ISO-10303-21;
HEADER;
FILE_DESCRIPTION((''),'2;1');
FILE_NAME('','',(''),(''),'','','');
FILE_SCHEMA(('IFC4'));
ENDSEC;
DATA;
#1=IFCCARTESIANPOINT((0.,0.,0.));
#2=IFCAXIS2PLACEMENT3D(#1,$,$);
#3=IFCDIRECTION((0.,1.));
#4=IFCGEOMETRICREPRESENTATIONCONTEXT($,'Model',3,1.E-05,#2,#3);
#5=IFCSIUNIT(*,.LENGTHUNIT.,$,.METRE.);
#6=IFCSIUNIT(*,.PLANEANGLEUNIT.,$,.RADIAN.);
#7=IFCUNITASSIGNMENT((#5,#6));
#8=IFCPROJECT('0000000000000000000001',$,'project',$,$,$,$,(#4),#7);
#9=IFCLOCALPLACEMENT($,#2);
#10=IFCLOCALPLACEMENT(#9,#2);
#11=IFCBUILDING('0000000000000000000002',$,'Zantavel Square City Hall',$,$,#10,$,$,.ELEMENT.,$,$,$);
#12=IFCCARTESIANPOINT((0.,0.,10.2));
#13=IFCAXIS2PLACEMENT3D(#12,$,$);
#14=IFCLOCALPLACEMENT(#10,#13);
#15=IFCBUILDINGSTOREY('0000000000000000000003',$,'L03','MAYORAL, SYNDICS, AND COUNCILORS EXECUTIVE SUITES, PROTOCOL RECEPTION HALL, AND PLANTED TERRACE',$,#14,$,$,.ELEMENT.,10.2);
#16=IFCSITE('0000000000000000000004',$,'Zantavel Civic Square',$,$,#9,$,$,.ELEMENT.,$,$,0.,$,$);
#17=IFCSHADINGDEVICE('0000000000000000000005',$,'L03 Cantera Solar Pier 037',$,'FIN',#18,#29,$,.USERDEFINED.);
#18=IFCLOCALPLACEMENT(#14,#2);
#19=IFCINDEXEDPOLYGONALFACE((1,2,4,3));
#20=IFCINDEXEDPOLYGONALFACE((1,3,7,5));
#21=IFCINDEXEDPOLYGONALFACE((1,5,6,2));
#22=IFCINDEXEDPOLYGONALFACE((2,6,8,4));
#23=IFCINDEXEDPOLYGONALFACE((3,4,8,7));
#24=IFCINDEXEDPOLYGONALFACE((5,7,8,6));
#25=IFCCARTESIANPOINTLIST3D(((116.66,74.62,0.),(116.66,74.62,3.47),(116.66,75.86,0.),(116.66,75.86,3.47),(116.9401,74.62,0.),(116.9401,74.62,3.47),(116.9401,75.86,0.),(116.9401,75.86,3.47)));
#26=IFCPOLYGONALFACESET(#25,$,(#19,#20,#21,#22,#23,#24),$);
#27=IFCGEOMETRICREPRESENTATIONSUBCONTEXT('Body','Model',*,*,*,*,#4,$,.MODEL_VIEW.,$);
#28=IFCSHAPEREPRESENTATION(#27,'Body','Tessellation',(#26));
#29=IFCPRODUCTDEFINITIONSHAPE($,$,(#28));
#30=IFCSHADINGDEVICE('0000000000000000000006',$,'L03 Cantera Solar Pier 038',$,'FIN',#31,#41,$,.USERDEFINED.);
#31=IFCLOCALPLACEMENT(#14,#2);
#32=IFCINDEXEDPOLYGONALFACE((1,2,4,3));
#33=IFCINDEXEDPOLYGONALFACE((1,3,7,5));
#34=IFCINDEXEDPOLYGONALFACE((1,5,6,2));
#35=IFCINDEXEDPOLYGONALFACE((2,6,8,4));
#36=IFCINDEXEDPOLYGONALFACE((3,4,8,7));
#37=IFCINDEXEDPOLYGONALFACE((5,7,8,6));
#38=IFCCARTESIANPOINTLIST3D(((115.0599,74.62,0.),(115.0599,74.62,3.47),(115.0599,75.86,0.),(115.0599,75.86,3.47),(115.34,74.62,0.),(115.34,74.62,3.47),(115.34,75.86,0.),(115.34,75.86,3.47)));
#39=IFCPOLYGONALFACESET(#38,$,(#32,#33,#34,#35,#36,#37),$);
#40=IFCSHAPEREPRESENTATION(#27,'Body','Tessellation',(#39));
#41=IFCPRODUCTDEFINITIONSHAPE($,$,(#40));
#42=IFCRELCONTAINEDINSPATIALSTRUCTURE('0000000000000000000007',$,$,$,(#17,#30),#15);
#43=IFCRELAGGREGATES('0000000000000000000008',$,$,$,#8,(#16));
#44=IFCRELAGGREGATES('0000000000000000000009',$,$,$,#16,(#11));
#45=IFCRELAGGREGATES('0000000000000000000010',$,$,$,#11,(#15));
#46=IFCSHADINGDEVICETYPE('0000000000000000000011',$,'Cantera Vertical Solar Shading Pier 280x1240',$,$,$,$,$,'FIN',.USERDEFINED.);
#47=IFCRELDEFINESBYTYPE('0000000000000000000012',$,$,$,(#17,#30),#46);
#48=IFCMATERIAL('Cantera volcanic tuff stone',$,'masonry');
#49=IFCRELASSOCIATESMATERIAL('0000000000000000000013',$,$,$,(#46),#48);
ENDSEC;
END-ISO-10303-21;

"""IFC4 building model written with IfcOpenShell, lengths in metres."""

from ifc_helpers import new_model, si_unit, direction, frame, origin, origin_2d, place, context, subcontext, project, spatial, rectangle, extrude, material, type_object, element, save


model = new_model("IFC4")

# Units and contexts
model_context = context("Model", 3, precision=1e-05, world=origin(), true_north=direction((0.0, 1.0)))
body_context = subcontext(model_context, "Body", "Model", "MODEL_VIEW")
ifc_project = project(units=[si_unit("LENGTHUNIT", "METRE"), si_unit("PLANEANGLEUNIT", "RADIAN")], contexts=[model_context])

# Site, building, storey
site_placement = place(None, origin())
site = spatial("IfcSite", under=ifc_project, at=site_placement, Name="Zantavel Civic Square", CompositionType="ELEMENT", RefElevation=0.0)
building_placement = place(site_placement, origin())
building = spatial("IfcBuilding", under=site, at=building_placement, Name="Zantavel Square City Hall", CompositionType="ELEMENT")
storey_placement = place(building_placement, frame((0.0, 0.0, 10.2)))
storey = spatial("IfcBuildingStorey", under=building, at=storey_placement, Name="L03", Description="MAYORAL, SYNDICS, AND COUNCILORS EXECUTIVE SUITES, PROTOCOL RECEPTION HALL, AND PLANTED TERRACE", CompositionType="ELEMENT", Elevation=10.2)

# Shading devices
ifc_material_1 = material(Name="Cantera volcanic tuff stone", Category="masonry")
shading_device_type = type_object("IfcShadingDeviceType", Name="Cantera Vertical Solar Shading Pier 280x1240", ElementType="FIN", PredefinedType="USERDEFINED", material=ifc_material_1)
for number, where, z_axis, x_axis, name in (
    (1, (116.8, 75.24, 0.0), (0.0, 0.0, 1.0), (1.0, 0.0, 0.0), "L03 Cantera Solar Pier 037"),
    (2, (115.2, 75.24, 0.0), (0.0, 0.0, 1.0), (1.0, 0.0, 0.0), "L03 Cantera Solar Pier 038"),
):
    element("IfcShadingDevice", number, at=place(storey_placement, frame(where, z_axis=z_axis, x_axis=x_axis)), inside=storey, type_object=shading_device_type, Name=name, ObjectType="FIN", PredefinedType="USERDEFINED", context=body_context, shape_type="SweptSolid", body=[
        extrude(rectangle(XDim=0.28, YDim=1.24, at=origin_2d()), origin(), (0.0, 0.0, 1.0), 3.47),
    ])

save(model, "model.ifc")
